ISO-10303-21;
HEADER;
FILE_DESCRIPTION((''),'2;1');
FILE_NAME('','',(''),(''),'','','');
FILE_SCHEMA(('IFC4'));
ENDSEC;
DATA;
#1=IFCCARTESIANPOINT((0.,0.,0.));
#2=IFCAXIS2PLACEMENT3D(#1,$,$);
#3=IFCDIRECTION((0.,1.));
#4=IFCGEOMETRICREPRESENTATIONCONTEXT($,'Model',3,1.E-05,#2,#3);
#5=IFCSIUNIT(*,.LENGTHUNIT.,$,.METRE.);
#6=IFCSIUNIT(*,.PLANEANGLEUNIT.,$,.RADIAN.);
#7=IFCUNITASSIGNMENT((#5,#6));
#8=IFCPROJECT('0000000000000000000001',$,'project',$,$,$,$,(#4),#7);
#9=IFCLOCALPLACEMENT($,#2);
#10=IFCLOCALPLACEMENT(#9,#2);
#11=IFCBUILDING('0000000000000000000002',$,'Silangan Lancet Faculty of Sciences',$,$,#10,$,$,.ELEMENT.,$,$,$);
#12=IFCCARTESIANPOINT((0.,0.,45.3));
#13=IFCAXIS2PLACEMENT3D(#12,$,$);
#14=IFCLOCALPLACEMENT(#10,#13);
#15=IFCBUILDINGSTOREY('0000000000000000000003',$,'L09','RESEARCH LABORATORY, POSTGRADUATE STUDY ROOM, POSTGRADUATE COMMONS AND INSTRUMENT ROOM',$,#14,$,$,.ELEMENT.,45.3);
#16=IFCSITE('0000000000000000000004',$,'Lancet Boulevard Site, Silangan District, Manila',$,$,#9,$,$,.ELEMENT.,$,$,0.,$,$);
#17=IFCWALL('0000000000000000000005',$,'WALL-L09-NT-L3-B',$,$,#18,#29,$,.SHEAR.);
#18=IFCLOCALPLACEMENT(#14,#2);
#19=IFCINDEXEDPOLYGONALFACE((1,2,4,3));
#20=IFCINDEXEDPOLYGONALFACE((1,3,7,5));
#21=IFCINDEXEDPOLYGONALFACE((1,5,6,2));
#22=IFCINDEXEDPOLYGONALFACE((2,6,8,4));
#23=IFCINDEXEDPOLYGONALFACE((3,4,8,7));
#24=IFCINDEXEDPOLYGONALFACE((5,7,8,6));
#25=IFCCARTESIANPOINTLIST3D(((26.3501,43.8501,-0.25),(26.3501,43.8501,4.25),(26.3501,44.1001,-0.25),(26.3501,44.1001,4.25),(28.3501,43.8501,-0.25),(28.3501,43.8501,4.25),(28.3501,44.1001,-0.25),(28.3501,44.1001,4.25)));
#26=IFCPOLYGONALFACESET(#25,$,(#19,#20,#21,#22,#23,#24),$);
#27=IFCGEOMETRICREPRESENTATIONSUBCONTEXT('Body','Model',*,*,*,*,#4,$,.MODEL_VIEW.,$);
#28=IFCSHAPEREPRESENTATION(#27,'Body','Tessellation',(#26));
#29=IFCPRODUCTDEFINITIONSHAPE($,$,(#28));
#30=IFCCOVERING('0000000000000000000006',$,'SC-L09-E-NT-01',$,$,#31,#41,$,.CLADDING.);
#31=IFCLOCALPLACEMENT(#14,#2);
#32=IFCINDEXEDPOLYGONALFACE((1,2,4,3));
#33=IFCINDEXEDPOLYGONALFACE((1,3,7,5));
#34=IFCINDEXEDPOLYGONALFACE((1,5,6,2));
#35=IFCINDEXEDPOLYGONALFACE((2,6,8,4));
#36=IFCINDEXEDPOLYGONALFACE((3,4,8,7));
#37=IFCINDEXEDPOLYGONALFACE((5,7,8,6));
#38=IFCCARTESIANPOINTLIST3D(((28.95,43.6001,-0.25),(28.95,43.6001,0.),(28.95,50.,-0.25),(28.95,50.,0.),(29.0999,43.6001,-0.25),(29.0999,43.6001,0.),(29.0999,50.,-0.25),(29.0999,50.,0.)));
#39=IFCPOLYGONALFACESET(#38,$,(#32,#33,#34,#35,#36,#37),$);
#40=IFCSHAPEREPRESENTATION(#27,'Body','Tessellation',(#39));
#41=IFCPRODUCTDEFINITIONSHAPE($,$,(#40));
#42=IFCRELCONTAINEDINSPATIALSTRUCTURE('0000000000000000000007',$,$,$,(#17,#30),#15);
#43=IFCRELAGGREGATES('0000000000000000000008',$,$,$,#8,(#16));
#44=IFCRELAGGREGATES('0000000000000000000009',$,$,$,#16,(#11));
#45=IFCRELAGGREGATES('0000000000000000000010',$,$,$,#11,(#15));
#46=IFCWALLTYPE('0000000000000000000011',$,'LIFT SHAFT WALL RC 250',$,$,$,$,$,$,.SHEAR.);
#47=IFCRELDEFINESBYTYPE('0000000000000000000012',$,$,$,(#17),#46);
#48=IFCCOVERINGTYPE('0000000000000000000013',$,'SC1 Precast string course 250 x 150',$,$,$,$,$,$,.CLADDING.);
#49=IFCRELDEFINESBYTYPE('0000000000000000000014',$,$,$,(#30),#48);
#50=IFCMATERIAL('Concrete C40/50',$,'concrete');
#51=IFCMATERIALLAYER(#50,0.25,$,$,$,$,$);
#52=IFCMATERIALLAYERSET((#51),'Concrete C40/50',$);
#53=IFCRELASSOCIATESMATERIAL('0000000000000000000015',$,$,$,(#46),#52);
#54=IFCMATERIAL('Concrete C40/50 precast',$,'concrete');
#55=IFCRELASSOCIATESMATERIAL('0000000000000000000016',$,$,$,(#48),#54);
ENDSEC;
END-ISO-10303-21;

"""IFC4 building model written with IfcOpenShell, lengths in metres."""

from ifc_helpers import new_model, si_unit, direction, frame, frame_2d, origin, origin_2d, place, context, subcontext, project, spatial, rectangle, extrude, material, layer, layer_set, type_object, element, save


model = new_model("IFC4")

# Units and contexts
model_context = context("Model", 3, precision=1e-05, world=origin(), true_north=direction((0.0, 1.0)))
body_context = subcontext(model_context, "Body", "Model", "MODEL_VIEW")
ifc_project = project(units=[si_unit("LENGTHUNIT", "METRE"), si_unit("PLANEANGLEUNIT", "RADIAN")], contexts=[model_context])

# Site, building, storey
site_placement = place(None, origin())
site = spatial("IfcSite", under=ifc_project, at=site_placement, Name="Lancet Boulevard Site, Silangan District, Manila", CompositionType="ELEMENT", RefElevation=0.0)
building_placement = place(site_placement, origin())
building = spatial("IfcBuilding", under=site, at=building_placement, Name="Silangan Lancet Faculty of Sciences", CompositionType="ELEMENT")
storey_placement = place(building_placement, frame((0.0, 0.0, 45.3)))
storey = spatial("IfcBuildingStorey", under=building, at=storey_placement, Name="L09", Description="RESEARCH LABORATORY, POSTGRADUATE STUDY ROOM, POSTGRADUATE COMMONS AND INSTRUMENT ROOM", CompositionType="ELEMENT", Elevation=45.3)

# Shared definitions
ifc_material_1 = material(Name="Concrete C40/50", Category="concrete")
ifc_layer_1 = layer(ifc_material_1, 0.25)
ifc_layer_set_1 = layer_set([ifc_layer_1], Name="Concrete C40/50")
wall_type_1 = type_object("IfcWallType", Name="LIFT SHAFT WALL RC 250", PredefinedType="SHEAR", material=ifc_layer_set_1)

# Wall
wall_1_placement = place(storey_placement, frame((26.3501, 43.9751, -0.25), z_axis=(0.0, 0.0, 1.0), x_axis=(1.0, 0.0, 0.0)))
element("IfcWall", 1, at=wall_1_placement, inside=storey, type_object=wall_type_1, Name="WALL-L09-NT-L3-B", PredefinedType="SHEAR", context=body_context, shape_type="SweptSolid", body=[
    extrude(rectangle(XDim=2.0, YDim=0.25, at=frame_2d((1.0, 0.0))), origin(), (0.0, 0.0, 1.0), 4.5),
])

# Covering
ifc_material_2 = material(Name="Concrete C40/50 precast", Category="concrete")
covering_type = type_object("IfcCoveringType", Name="SC1 Precast string course 250 x 150", PredefinedType="CLADDING", material=ifc_material_2)
covering_placement = place(storey_placement, frame((29.0249, 46.8, -0.25), z_axis=(0.0, 0.0, 1.0), x_axis=(1.0, 0.0, 0.0)))
element("IfcCovering", 2, at=covering_placement, inside=storey, type_object=covering_type, Name="SC-L09-E-NT-01", PredefinedType="CLADDING", context=body_context, shape_type="SweptSolid", body=[
    extrude(rectangle(XDim=0.1499, YDim=6.3999, at=origin_2d()), origin(), (0.0, 0.0, 1.0), 0.25),
])

save(model, "model.ifc")
